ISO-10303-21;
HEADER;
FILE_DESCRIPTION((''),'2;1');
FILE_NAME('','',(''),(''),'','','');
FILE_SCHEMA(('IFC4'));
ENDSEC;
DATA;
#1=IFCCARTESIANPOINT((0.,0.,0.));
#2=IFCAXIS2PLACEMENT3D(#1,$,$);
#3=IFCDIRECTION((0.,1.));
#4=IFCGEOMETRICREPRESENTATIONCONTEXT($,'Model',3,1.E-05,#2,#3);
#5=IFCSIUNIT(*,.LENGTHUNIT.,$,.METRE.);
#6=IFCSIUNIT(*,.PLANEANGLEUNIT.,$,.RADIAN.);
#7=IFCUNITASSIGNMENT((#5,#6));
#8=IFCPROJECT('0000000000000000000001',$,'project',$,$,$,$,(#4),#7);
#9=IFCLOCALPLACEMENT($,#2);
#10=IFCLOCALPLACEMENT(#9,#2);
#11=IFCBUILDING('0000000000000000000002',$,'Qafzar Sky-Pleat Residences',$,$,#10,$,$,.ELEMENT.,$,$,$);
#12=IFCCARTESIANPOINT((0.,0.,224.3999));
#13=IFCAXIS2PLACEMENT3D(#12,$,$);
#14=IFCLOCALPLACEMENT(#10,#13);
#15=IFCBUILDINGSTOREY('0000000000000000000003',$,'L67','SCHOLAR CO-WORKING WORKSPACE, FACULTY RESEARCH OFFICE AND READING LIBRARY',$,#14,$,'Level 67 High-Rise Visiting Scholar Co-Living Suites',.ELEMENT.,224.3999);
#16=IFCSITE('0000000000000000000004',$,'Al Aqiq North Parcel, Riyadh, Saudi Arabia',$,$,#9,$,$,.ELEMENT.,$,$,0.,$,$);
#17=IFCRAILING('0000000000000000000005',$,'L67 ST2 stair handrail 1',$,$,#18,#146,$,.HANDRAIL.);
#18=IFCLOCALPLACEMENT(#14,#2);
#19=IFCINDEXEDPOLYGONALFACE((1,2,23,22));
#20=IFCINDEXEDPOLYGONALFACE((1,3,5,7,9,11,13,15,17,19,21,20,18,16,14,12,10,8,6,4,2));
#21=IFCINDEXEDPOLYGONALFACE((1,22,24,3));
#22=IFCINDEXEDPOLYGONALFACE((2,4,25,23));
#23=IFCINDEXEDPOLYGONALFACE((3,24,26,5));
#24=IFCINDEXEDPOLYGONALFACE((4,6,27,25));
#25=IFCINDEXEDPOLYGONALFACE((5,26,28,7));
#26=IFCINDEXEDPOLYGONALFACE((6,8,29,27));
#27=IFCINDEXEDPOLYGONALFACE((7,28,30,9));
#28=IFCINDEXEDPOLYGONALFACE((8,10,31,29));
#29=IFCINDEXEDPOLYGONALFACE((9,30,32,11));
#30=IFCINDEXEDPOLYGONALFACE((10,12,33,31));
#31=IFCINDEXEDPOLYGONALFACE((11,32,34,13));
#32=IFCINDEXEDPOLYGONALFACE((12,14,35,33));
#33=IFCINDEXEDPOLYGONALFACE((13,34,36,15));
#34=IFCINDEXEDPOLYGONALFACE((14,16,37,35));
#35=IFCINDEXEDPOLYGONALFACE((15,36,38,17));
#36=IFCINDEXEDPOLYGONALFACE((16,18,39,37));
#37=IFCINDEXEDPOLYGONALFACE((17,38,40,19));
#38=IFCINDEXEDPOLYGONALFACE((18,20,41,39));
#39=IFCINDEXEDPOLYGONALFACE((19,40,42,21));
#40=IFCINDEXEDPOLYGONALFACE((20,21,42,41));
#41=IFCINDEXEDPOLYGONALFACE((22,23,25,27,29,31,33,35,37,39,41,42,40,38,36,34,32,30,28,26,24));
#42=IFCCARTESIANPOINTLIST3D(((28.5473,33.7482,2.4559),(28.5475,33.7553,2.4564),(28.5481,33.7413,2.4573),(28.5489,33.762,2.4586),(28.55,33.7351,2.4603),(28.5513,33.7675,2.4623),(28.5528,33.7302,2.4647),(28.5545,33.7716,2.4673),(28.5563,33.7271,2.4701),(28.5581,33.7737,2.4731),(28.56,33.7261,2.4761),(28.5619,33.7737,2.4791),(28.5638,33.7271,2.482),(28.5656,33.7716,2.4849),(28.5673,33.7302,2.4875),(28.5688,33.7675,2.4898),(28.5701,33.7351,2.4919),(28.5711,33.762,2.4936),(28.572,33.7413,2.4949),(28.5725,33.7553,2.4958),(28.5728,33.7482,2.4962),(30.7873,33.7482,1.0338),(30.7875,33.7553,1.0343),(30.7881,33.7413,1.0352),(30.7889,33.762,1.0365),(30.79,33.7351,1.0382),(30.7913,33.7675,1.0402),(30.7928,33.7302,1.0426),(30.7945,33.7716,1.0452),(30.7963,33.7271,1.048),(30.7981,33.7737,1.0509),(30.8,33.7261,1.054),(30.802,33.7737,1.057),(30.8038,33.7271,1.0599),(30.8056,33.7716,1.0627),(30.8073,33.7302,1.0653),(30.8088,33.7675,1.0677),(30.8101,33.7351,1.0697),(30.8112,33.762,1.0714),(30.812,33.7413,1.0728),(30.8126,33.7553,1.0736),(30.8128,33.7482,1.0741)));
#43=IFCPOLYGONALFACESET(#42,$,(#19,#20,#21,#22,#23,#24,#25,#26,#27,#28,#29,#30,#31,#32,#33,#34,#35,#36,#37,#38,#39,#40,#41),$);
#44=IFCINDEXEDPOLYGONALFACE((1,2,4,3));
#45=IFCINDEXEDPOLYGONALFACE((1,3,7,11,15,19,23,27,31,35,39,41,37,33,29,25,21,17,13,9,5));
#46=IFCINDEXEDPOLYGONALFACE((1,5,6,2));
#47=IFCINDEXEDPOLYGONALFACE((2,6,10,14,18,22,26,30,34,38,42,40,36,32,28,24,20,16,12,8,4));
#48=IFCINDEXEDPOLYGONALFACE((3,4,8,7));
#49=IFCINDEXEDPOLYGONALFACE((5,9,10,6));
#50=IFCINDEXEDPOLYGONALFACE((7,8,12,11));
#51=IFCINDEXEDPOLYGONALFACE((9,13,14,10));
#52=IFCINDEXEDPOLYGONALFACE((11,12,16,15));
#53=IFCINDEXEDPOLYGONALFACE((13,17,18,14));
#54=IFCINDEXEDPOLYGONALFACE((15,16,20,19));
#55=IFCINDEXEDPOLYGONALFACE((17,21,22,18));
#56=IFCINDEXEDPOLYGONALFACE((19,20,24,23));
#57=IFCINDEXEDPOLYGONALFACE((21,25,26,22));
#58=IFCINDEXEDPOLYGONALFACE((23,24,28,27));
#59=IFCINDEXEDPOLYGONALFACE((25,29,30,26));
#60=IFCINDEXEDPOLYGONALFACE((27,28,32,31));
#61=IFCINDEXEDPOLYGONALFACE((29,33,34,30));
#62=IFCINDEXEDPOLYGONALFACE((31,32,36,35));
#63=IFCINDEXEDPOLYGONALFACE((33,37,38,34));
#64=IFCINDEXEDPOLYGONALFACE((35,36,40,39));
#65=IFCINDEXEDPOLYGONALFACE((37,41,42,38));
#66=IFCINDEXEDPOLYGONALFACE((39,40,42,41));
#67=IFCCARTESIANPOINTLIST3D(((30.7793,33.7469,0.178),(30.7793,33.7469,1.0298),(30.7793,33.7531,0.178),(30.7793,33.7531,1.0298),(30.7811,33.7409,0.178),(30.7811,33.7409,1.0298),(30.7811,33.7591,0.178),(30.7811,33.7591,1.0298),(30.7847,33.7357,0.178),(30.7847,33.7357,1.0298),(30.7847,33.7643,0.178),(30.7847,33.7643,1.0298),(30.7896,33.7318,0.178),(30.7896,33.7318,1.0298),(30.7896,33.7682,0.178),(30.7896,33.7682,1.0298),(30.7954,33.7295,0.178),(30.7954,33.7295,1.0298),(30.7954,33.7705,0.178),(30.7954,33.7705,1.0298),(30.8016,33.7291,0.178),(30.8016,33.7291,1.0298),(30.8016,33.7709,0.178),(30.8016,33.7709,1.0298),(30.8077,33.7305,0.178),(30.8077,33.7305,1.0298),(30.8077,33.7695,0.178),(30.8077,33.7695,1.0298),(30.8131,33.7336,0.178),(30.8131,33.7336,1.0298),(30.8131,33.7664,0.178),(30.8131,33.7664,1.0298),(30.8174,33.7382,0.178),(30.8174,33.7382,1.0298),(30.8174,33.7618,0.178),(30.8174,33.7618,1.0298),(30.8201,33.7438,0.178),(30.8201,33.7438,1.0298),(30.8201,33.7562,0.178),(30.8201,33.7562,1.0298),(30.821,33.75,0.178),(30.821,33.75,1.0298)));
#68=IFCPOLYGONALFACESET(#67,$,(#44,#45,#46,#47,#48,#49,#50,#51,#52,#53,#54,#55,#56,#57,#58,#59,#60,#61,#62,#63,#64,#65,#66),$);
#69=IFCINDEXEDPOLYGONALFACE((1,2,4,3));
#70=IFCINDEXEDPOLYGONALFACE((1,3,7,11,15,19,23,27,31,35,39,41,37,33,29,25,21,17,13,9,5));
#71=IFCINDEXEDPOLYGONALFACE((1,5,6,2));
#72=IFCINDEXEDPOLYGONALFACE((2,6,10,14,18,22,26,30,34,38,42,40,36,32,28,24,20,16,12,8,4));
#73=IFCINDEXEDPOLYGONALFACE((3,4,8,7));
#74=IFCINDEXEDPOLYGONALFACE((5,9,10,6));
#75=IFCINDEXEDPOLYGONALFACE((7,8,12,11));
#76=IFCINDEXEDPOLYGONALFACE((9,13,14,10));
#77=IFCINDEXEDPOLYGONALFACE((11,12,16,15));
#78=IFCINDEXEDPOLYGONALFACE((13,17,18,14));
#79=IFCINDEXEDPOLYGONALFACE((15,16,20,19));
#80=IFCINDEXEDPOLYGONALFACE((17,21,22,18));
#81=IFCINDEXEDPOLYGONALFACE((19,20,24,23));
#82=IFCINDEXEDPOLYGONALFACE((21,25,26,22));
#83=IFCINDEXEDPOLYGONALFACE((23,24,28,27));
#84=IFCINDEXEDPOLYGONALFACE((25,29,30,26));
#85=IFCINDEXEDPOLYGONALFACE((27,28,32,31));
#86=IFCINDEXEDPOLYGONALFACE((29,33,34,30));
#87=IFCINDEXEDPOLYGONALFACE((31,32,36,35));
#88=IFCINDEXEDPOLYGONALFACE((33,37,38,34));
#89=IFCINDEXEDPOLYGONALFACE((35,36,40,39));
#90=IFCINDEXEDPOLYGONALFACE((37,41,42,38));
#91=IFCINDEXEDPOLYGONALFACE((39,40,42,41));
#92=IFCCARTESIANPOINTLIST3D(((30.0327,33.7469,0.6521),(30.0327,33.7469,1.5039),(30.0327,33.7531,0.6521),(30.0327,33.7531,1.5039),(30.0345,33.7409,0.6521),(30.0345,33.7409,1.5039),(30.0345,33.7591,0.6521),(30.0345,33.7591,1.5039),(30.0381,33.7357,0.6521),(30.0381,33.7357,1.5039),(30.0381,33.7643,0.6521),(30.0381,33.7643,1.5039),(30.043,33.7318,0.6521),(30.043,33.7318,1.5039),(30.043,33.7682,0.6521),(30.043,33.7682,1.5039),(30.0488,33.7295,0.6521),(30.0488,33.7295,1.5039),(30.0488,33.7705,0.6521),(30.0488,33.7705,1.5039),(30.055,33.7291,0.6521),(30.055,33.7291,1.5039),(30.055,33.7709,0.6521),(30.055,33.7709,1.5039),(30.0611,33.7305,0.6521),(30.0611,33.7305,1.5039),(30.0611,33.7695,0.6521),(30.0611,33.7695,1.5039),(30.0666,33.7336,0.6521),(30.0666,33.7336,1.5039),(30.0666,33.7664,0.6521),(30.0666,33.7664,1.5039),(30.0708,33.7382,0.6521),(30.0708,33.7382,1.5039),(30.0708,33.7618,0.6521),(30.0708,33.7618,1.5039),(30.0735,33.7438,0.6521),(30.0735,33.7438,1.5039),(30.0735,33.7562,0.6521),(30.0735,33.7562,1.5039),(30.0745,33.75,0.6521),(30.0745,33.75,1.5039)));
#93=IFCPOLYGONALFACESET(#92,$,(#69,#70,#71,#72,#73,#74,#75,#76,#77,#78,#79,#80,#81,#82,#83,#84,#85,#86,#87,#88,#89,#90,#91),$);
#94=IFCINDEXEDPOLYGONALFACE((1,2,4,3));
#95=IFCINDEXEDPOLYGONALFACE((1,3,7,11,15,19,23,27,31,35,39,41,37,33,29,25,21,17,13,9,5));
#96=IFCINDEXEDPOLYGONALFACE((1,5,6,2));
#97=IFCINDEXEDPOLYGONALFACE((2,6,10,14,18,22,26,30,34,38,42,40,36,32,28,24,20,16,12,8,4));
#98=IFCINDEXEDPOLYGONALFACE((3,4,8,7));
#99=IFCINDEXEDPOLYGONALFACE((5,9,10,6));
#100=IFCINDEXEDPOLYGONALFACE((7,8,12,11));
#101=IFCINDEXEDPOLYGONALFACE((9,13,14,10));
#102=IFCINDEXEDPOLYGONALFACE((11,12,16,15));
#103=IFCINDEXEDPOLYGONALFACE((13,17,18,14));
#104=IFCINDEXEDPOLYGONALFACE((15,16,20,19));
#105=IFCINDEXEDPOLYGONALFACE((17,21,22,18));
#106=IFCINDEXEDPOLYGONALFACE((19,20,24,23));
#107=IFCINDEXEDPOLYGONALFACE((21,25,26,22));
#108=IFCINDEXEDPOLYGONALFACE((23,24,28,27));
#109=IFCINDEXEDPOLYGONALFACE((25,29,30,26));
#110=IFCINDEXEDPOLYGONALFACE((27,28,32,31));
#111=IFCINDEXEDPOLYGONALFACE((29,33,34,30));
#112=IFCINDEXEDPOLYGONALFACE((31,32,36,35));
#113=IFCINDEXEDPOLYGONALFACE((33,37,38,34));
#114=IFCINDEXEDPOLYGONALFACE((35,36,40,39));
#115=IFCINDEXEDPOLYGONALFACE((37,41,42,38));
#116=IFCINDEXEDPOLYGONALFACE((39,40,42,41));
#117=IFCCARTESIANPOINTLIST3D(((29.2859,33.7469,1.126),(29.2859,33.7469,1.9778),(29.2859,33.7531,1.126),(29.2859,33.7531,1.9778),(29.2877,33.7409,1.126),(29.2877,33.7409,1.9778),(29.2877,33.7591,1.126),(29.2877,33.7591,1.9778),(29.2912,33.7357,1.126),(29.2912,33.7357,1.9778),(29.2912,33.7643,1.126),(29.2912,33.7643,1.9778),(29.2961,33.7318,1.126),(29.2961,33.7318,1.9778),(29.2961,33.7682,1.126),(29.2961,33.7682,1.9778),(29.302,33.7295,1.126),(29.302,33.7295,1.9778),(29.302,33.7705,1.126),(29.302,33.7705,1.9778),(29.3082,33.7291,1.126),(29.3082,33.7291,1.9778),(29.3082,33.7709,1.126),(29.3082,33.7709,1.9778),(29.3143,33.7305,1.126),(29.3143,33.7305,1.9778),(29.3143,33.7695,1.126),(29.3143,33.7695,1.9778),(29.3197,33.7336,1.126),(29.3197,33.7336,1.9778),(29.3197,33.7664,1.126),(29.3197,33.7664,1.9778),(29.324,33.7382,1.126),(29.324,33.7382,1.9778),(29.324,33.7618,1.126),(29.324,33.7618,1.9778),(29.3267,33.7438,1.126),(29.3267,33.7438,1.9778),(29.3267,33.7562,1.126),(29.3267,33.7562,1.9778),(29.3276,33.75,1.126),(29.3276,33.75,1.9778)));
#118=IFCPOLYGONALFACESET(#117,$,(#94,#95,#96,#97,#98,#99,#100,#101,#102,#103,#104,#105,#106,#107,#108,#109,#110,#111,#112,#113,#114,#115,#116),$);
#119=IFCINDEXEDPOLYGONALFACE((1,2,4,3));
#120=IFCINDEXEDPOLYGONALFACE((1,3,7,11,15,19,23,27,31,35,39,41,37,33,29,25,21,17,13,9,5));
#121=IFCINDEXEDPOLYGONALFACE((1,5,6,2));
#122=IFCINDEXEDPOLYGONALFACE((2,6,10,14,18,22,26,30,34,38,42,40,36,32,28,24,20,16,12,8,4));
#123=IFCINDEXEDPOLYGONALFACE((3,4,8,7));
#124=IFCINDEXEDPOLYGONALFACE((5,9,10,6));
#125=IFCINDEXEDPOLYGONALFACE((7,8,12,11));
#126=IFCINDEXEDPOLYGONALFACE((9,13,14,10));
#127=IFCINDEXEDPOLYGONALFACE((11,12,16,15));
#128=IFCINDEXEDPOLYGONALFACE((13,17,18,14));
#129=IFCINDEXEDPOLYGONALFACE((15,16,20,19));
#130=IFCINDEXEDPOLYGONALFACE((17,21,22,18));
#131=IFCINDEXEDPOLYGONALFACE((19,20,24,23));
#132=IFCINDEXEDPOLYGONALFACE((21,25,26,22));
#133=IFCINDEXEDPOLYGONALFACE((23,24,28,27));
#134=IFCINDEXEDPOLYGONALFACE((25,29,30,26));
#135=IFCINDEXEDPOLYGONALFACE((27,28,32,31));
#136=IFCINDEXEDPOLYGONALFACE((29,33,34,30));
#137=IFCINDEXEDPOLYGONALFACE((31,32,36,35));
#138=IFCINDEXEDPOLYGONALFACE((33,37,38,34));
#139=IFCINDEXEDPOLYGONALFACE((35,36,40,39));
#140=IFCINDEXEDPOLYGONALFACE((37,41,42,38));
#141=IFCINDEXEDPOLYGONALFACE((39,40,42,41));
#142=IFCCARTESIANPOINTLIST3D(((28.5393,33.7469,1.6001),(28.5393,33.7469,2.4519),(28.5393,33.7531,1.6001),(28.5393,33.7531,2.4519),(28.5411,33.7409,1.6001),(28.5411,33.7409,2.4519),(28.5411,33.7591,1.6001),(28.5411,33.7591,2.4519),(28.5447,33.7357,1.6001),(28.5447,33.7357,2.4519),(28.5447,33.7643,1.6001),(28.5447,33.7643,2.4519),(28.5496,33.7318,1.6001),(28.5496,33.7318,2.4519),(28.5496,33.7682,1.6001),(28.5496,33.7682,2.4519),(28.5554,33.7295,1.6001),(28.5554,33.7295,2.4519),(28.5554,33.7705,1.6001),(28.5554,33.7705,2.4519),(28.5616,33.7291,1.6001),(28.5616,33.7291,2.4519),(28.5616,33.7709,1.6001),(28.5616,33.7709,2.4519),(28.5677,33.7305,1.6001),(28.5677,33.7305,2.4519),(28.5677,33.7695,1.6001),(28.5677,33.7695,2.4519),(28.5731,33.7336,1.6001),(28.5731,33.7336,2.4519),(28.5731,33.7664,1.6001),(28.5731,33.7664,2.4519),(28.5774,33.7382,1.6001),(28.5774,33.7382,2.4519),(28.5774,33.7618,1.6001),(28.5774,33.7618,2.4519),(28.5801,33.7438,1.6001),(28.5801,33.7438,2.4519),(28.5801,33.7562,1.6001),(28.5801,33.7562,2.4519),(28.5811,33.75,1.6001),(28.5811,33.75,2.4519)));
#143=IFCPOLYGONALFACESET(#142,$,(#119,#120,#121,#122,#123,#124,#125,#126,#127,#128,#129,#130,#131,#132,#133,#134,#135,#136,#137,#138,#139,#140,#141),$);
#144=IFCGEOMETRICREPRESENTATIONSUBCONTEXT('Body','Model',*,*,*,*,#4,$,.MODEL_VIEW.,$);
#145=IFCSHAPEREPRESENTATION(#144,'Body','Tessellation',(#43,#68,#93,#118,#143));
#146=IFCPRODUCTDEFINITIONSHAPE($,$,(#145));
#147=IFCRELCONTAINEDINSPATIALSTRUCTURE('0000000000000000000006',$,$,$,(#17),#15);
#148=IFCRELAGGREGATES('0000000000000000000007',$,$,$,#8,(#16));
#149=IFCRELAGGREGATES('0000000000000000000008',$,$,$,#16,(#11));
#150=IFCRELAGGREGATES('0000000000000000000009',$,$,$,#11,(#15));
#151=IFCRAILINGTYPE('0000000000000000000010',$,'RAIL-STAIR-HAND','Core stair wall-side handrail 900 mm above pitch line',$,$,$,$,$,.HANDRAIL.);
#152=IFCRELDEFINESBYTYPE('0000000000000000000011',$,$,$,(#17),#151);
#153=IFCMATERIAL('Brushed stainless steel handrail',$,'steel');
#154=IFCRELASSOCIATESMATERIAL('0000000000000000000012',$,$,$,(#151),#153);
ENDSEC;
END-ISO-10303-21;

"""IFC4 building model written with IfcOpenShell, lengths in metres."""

from ifc_helpers import new_model, si_unit, direction, frame, origin, origin_2d, place, context, subcontext, project, spatial, circle, extrude, source, transform, mapped, material, type_object, element, save


model = new_model("IFC4")

# Units and contexts
model_context = context("Model", 3, precision=1e-05, world=origin(), true_north=direction((0.0, 1.0)))
body_context = subcontext(model_context, "Body", "Model", "MODEL_VIEW")
ifc_project = project(units=[si_unit("LENGTHUNIT", "METRE"), si_unit("PLANEANGLEUNIT", "RADIAN")], contexts=[model_context])

# Site, building, storey
site_placement = place(None, origin())
site = spatial("IfcSite", under=ifc_project, at=site_placement, Name="Al Aqiq North Parcel, Riyadh, Saudi Arabia", CompositionType="ELEMENT", RefElevation=0.0)
building_placement = place(site_placement, origin())
building = spatial("IfcBuilding", under=site, at=building_placement, Name="Qafzar Sky-Pleat Residences", CompositionType="ELEMENT")
storey_placement = place(building_placement, frame((0.0, 0.0, 224.3999)))
storey = spatial("IfcBuildingStorey", under=building, at=storey_placement, Name="L67", Description="SCHOLAR CO-WORKING WORKSPACE, FACULTY RESEARCH OFFICE AND READING LIBRARY", LongName="Level 67 High-Rise Visiting Scholar Co-Living Suites", CompositionType="ELEMENT", Elevation=224.3999)

# Railing
ifc_material_1 = material(Name="Brushed stainless steel handrail", Category="steel")
railing_type_1 = type_object("IfcRailingType", Name="RAIL-STAIR-HAND", Description="Core stair wall-side handrail 900 mm above pitch line", PredefinedType="HANDRAIL", material=ifc_material_1)
shared_shape_1 = source(origin(), body_context, "Body", "SweptSolid", [
    extrude(circle(Radius=0.0239, at=origin_2d()), frame((0.0, 0.0, 0.876), z_axis=(-0.844229, 0.0, 0.535982), x_axis=(0.0, -1.0, 0.0)), (0.0, 0.0, 1.0), 2.6533),
    extrude(circle(Radius=0.021, at=origin_2d()), origin(), (0.0, 0.0, 1.0), 0.8518),
    extrude(circle(Radius=0.021, at=origin_2d()), frame((-0.7466, 0.0, 0.4741)), (0.0, 0.0, 1.0), 0.8518),
    extrude(circle(Radius=0.021, at=origin_2d()), frame((-1.4934, 0.0, 0.948)), (0.0, 0.0, 1.0), 0.8518),
    extrude(circle(Radius=0.021, at=origin_2d()), frame((-2.24, 0.0, 1.4221)), (0.0, 0.0, 1.0), 0.8518),
])
railing_1_placement = place(storey_placement, frame((30.8, 33.75, 0.178)))
element("IfcRailing", 1, at=railing_1_placement, inside=storey, type_object=railing_type_1, Name="L67 ST2 stair handrail 1", PredefinedType="HANDRAIL", context=body_context, shape_type="MappedRepresentation", body=[
    mapped(shared_shape_1, transform((0.0, 0.0, 0.0), x_axis=(1.0, 0.0, 0.0), y_axis=(0.0, 1.0, 0.0), z_axis=(0.0, 0.0, 1.0), scale=1.0)),
])

save(model, "model.ifc")
